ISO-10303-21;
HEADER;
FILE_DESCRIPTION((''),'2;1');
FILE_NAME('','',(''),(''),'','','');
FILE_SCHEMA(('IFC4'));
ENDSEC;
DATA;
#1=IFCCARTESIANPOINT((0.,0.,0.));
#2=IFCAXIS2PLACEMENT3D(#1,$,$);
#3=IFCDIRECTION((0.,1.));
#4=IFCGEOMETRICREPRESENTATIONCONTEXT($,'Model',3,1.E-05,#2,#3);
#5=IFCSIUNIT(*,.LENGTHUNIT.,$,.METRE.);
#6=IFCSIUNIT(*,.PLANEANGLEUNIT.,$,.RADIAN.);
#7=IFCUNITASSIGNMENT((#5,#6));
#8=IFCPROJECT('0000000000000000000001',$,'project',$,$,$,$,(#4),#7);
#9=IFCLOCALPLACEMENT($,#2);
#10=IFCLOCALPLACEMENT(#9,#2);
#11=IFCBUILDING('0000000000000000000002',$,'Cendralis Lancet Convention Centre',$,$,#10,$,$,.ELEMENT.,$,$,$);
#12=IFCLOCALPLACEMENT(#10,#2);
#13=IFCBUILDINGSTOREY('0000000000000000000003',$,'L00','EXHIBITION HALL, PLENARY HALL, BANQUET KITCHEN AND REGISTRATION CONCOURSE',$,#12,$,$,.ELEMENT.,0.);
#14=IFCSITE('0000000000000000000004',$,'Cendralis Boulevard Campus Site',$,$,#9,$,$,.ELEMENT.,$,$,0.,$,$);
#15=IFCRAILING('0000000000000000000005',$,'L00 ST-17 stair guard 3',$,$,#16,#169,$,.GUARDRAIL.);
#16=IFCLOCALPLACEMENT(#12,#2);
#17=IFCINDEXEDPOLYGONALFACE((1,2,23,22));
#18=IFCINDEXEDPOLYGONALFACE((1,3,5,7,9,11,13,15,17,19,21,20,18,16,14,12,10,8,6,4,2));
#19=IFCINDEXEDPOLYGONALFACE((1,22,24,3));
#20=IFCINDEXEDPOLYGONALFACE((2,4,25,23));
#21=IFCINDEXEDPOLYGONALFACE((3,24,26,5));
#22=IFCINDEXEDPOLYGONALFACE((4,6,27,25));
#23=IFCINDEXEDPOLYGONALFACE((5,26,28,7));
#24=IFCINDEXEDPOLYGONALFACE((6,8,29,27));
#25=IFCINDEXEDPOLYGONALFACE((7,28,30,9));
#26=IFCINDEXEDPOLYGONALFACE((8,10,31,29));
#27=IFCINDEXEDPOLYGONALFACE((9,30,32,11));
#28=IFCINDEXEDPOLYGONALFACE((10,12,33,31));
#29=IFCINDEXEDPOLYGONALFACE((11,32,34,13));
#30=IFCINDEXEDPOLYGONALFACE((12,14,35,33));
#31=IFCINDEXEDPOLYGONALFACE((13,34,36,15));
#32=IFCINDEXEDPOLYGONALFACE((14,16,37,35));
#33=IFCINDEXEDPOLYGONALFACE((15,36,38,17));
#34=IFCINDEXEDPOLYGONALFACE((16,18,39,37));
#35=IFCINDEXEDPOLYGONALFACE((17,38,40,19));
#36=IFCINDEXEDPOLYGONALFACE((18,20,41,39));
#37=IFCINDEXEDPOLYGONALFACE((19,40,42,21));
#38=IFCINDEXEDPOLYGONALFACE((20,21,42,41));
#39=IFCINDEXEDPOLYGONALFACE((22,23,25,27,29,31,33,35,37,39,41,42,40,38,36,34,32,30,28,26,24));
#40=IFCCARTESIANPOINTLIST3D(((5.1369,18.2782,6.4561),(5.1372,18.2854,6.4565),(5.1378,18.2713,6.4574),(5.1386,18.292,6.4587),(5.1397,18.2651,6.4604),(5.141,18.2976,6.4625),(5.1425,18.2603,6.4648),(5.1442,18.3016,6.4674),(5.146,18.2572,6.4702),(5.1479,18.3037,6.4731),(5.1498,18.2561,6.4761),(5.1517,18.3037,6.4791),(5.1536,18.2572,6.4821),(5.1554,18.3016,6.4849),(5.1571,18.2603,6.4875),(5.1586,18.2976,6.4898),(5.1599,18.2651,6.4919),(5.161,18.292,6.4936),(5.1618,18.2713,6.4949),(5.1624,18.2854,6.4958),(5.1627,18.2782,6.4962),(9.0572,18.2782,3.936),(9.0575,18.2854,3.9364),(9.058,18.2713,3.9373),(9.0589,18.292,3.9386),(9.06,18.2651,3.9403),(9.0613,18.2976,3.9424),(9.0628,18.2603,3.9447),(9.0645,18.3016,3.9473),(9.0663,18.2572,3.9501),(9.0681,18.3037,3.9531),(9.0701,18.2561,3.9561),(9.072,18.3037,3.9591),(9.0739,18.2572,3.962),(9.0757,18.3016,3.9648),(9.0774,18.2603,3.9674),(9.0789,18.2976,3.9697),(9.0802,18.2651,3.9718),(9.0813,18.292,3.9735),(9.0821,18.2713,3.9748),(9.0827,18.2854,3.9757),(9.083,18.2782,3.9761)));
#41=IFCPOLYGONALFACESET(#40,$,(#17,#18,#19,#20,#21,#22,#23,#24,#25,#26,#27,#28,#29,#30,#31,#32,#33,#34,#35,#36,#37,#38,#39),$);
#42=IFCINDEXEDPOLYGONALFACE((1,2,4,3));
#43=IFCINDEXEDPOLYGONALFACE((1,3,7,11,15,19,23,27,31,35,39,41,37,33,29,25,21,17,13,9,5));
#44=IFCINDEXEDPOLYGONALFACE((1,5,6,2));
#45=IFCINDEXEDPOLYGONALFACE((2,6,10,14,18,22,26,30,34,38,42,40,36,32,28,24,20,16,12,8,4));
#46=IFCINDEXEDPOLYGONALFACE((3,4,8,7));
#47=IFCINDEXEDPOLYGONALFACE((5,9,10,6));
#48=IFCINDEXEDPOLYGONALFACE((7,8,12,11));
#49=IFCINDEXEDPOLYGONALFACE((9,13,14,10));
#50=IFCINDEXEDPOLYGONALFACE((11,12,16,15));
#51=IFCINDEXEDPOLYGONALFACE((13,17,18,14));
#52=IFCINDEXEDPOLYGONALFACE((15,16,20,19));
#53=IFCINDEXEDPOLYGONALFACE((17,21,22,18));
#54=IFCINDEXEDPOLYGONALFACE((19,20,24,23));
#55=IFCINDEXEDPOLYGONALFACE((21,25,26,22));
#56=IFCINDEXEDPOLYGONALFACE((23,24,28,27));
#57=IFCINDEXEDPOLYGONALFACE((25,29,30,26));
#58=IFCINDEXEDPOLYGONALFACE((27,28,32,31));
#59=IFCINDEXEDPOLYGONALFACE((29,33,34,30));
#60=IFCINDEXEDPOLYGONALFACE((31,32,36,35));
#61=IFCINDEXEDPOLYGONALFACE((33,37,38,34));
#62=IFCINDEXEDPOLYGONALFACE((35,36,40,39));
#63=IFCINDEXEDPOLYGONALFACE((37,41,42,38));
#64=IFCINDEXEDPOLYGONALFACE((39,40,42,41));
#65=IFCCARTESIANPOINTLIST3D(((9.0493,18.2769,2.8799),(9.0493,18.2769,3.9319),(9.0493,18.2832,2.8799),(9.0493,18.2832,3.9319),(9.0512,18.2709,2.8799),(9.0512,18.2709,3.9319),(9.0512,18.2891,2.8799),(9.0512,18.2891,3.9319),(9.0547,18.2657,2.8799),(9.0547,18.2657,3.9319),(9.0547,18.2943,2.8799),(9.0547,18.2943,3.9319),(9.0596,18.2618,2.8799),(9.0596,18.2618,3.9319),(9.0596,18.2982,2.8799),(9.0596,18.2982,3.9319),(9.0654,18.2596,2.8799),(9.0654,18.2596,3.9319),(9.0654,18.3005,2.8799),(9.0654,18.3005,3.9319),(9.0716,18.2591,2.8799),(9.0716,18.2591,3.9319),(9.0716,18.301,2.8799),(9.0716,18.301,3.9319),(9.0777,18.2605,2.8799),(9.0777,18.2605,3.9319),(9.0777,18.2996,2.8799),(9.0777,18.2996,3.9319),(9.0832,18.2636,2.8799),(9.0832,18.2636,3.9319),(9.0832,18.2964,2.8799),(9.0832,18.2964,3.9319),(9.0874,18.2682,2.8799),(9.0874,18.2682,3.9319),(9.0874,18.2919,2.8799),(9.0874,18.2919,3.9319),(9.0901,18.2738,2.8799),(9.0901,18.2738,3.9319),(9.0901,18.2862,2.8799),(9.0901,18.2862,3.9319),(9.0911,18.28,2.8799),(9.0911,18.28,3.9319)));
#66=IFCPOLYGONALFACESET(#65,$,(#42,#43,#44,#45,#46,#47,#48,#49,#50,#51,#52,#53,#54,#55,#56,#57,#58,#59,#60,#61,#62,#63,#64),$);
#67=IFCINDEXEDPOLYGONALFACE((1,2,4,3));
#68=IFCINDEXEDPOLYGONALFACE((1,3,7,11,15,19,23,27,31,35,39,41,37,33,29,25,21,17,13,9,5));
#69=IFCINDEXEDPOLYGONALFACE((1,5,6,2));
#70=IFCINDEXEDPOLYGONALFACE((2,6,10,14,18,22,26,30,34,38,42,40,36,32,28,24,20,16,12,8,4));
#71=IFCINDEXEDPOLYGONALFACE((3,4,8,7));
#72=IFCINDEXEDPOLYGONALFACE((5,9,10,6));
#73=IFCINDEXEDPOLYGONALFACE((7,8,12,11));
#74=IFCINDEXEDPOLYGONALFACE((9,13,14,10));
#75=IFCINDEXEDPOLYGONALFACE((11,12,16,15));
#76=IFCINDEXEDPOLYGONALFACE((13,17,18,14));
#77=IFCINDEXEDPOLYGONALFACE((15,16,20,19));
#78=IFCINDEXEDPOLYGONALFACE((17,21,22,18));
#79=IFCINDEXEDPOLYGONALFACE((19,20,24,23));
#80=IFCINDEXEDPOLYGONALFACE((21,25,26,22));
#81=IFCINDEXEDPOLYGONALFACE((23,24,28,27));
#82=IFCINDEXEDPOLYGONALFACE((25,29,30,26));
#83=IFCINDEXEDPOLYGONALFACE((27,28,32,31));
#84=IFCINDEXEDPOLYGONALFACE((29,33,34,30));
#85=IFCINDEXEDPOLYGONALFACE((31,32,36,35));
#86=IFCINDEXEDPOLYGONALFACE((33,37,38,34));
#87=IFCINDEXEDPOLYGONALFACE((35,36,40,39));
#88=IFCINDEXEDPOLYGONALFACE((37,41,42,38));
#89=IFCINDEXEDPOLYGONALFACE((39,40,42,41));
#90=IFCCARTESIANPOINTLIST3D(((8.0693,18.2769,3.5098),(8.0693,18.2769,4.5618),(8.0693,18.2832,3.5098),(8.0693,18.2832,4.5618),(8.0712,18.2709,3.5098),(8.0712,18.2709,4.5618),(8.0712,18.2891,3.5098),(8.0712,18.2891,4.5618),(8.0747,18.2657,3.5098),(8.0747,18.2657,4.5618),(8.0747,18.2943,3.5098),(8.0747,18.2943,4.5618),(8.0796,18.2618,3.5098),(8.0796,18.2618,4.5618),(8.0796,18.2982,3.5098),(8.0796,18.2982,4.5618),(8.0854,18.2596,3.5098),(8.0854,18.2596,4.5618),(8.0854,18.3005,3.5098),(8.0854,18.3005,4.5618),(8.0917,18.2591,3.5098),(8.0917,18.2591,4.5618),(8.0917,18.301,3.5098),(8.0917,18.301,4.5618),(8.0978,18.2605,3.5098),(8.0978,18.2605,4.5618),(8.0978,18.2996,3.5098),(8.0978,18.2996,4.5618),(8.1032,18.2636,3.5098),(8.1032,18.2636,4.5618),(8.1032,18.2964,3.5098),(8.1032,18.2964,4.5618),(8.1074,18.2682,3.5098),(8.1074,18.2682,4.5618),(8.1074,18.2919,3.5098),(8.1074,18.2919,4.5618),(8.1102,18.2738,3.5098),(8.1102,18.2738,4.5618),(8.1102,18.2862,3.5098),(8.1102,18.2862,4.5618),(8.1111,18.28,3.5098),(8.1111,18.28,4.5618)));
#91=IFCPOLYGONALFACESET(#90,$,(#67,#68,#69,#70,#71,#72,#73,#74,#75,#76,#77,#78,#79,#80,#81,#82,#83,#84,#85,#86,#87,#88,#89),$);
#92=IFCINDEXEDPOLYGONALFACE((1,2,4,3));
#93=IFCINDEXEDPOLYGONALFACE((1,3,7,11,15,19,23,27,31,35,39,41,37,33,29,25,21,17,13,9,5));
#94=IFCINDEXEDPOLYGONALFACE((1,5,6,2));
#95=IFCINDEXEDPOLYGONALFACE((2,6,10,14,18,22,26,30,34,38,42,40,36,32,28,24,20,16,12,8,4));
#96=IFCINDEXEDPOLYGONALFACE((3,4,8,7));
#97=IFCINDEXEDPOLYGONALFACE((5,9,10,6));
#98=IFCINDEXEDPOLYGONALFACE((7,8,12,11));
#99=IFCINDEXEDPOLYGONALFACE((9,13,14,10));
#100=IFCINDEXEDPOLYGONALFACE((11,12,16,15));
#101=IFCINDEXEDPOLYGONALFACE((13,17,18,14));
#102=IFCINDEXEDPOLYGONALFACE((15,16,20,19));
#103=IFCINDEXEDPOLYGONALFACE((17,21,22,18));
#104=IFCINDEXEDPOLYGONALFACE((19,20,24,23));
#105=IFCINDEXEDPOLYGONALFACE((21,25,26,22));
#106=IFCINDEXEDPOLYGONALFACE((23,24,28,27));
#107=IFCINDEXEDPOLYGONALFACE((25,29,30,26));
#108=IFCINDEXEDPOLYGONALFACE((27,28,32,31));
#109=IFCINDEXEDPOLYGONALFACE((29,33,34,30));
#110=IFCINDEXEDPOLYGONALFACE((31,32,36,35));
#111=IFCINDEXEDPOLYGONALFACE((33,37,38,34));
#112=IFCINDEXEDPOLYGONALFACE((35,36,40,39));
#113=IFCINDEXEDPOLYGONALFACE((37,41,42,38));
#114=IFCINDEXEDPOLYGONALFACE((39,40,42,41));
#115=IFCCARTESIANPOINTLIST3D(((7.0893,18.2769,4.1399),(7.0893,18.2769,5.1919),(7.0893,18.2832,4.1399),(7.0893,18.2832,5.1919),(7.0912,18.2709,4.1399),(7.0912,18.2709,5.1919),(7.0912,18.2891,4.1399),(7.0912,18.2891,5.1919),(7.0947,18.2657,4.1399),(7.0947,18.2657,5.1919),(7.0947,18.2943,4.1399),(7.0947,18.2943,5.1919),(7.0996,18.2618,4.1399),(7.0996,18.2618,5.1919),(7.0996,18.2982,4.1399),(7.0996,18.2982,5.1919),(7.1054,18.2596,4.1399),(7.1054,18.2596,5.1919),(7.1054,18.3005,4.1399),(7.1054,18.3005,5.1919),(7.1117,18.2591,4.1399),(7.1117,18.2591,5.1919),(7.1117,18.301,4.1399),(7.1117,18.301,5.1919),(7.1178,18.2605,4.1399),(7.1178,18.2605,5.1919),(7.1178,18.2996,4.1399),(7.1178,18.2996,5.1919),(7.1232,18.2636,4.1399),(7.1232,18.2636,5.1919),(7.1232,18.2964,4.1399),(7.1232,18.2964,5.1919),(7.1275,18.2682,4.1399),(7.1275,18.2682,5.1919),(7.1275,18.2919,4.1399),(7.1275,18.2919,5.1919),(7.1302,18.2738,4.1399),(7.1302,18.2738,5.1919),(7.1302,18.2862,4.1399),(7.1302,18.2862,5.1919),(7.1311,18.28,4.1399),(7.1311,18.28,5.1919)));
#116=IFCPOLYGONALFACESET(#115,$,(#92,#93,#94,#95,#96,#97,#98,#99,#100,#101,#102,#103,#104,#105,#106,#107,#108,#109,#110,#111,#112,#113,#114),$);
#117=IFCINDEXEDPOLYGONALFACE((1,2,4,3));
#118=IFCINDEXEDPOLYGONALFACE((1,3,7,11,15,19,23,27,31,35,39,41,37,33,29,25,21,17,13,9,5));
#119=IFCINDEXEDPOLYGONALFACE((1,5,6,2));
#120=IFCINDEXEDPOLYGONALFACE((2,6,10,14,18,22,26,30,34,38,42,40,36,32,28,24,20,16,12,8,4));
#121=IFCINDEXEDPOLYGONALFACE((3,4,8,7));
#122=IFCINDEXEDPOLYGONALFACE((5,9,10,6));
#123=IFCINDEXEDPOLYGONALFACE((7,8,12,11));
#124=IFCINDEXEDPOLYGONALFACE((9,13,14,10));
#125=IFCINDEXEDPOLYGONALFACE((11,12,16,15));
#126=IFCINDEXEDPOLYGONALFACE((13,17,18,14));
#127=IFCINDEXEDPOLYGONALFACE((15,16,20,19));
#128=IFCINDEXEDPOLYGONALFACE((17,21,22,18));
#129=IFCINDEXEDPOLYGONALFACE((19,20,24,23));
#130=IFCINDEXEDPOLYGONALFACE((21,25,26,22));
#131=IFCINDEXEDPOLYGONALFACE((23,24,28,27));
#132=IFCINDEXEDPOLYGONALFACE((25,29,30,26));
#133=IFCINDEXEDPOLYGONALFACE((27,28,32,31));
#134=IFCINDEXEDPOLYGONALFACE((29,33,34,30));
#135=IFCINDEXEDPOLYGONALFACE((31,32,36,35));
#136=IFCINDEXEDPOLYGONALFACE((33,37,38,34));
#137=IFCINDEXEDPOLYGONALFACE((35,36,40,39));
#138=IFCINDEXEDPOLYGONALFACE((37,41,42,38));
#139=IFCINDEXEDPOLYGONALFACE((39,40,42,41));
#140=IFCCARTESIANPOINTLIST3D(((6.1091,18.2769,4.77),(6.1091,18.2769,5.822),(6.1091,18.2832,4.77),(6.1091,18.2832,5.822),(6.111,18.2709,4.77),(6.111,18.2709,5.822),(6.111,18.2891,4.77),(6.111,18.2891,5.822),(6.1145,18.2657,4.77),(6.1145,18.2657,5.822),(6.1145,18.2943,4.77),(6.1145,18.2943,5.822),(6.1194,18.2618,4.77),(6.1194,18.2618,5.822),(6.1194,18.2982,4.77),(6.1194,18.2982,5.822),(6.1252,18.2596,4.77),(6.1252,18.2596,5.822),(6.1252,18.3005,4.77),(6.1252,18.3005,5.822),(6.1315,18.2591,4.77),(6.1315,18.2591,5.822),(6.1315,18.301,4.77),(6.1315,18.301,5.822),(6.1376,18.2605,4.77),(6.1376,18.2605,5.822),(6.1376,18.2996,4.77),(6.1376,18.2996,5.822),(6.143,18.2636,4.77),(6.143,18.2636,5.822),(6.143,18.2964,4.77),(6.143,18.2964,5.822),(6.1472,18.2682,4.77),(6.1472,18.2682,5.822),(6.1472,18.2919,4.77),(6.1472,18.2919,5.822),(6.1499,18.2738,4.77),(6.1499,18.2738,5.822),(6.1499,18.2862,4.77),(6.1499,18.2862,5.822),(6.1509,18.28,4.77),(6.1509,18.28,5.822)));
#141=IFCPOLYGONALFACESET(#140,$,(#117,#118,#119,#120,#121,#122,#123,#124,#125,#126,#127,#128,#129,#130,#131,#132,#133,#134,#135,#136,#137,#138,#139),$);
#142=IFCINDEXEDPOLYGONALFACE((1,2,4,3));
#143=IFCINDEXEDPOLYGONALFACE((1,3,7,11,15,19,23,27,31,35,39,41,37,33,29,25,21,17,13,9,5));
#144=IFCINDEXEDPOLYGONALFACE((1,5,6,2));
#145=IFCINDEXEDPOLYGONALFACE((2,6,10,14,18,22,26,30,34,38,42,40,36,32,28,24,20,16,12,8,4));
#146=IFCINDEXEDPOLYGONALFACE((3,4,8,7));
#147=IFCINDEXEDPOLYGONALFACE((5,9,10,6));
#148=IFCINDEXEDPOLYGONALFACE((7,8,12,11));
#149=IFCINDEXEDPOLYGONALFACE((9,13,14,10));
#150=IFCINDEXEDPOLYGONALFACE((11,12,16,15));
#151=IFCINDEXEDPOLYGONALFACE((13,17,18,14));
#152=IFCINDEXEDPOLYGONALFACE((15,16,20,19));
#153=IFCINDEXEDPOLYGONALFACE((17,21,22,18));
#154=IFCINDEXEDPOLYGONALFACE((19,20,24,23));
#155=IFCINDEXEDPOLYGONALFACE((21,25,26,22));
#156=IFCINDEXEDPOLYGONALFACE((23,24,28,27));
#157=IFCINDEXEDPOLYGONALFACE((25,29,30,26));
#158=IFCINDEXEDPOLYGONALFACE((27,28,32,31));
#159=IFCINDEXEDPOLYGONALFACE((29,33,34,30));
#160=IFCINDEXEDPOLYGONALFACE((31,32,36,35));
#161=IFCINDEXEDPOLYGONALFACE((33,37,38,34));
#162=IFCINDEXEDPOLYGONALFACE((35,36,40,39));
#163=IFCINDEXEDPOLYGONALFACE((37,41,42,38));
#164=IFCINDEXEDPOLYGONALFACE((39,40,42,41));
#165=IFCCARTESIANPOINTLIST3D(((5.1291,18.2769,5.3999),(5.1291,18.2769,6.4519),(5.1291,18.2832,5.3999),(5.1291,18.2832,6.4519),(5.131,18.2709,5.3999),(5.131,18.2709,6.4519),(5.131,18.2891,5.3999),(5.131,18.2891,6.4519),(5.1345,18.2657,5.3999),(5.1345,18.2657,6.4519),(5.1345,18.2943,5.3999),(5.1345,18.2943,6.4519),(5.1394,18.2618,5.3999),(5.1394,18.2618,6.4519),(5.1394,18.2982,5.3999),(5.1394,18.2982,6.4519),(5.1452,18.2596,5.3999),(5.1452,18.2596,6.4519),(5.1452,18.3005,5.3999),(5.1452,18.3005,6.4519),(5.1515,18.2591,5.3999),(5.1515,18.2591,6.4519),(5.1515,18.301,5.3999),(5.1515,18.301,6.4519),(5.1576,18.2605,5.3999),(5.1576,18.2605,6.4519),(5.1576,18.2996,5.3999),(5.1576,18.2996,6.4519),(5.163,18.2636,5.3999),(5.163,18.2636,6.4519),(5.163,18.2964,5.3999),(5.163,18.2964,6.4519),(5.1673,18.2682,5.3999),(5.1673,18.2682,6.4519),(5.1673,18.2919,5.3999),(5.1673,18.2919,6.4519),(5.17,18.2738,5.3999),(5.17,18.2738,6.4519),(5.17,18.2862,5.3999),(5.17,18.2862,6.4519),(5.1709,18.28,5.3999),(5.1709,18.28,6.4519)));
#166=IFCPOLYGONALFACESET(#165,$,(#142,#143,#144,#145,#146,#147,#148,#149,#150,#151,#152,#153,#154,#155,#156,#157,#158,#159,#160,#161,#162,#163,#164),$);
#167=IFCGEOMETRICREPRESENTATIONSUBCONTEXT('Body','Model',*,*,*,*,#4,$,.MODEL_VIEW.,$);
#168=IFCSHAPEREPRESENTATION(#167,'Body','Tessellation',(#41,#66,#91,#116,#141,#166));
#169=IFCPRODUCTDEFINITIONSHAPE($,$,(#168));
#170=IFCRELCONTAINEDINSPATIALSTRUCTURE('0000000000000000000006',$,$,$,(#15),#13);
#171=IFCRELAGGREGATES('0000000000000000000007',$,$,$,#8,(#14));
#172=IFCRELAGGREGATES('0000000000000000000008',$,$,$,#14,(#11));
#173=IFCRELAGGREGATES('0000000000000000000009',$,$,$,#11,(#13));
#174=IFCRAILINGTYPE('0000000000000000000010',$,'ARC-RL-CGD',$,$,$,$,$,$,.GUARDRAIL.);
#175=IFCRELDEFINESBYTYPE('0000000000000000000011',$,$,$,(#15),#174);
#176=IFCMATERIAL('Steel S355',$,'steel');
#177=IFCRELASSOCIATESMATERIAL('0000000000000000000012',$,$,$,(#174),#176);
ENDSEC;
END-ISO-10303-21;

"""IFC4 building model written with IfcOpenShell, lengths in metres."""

from ifc_helpers import new_model, si_unit, direction, frame, origin, origin_2d, place, context, subcontext, project, spatial, circle, extrude, material, type_object, element, save


model = new_model("IFC4")

# Units and contexts
model_context = context("Model", 3, precision=1e-05, world=origin(), true_north=direction((0.0, 1.0)))
body_context = subcontext(model_context, "Body", "Model", "MODEL_VIEW")
ifc_project = project(units=[si_unit("LENGTHUNIT", "METRE"), si_unit("PLANEANGLEUNIT", "RADIAN")], contexts=[model_context])

# Site, building, storey
site_placement = place(None, origin())
site = spatial("IfcSite", under=ifc_project, at=site_placement, Name="Cendralis Boulevard Campus Site", CompositionType="ELEMENT", RefElevation=0.0)
building_placement = place(site_placement, origin())
building = spatial("IfcBuilding", under=site, at=building_placement, Name="Cendralis Lancet Convention Centre", CompositionType="ELEMENT")
storey_placement = place(building_placement, origin())
storey = spatial("IfcBuildingStorey", under=building, at=storey_placement, Name="L00", Description="EXHIBITION HALL, PLENARY HALL, BANQUET KITCHEN AND REGISTRATION CONCOURSE", CompositionType="ELEMENT", Elevation=0.0)

# Shared definitions
ifc_material_1 = material(Name="Steel S355", Category="steel")

# Railing
railing_type_1 = type_object("IfcRailingType", Name="ARC-RL-CGD", PredefinedType="GUARDRAIL", material=ifc_material_1)
railing_1_placement = place(storey_placement, frame((9.0701, 18.28, 2.8799)))
element("IfcRailing", 1, at=railing_1_placement, inside=storey, type_object=railing_type_1, Name="L00 ST-17 stair guard 3", PredefinedType="GUARDRAIL", context=body_context, shape_type="SweptSolid", body=[
    extrude(circle(Radius=0.0239, at=origin_2d()), frame((0.0, 0.0, 1.0762), z_axis=(-0.841187, 0.0, 0.540744), x_axis=(0.0, -1.0, 0.0)), (0.0, 0.0, 1.0), 4.6604),
    extrude(circle(Radius=0.021, at=origin_2d()), origin(), (0.0, 0.0, 1.0), 1.052),
    extrude(circle(Radius=0.021, at=origin_2d()), frame((-0.98, 0.0, 0.6299)), (0.0, 0.0, 1.0), 1.052),
    extrude(circle(Radius=0.021, at=origin_2d()), frame((-1.96, 0.0, 1.26)), (0.0, 0.0, 1.0), 1.052),
    extrude(circle(Radius=0.021, at=origin_2d()), frame((-2.9402, 0.0, 1.8901)), (0.0, 0.0, 1.0), 1.052),
    extrude(circle(Radius=0.021, at=origin_2d()), frame((-3.9202, 0.0, 2.52)), (0.0, 0.0, 1.0), 1.052),
])

save(model, "model.ifc")
